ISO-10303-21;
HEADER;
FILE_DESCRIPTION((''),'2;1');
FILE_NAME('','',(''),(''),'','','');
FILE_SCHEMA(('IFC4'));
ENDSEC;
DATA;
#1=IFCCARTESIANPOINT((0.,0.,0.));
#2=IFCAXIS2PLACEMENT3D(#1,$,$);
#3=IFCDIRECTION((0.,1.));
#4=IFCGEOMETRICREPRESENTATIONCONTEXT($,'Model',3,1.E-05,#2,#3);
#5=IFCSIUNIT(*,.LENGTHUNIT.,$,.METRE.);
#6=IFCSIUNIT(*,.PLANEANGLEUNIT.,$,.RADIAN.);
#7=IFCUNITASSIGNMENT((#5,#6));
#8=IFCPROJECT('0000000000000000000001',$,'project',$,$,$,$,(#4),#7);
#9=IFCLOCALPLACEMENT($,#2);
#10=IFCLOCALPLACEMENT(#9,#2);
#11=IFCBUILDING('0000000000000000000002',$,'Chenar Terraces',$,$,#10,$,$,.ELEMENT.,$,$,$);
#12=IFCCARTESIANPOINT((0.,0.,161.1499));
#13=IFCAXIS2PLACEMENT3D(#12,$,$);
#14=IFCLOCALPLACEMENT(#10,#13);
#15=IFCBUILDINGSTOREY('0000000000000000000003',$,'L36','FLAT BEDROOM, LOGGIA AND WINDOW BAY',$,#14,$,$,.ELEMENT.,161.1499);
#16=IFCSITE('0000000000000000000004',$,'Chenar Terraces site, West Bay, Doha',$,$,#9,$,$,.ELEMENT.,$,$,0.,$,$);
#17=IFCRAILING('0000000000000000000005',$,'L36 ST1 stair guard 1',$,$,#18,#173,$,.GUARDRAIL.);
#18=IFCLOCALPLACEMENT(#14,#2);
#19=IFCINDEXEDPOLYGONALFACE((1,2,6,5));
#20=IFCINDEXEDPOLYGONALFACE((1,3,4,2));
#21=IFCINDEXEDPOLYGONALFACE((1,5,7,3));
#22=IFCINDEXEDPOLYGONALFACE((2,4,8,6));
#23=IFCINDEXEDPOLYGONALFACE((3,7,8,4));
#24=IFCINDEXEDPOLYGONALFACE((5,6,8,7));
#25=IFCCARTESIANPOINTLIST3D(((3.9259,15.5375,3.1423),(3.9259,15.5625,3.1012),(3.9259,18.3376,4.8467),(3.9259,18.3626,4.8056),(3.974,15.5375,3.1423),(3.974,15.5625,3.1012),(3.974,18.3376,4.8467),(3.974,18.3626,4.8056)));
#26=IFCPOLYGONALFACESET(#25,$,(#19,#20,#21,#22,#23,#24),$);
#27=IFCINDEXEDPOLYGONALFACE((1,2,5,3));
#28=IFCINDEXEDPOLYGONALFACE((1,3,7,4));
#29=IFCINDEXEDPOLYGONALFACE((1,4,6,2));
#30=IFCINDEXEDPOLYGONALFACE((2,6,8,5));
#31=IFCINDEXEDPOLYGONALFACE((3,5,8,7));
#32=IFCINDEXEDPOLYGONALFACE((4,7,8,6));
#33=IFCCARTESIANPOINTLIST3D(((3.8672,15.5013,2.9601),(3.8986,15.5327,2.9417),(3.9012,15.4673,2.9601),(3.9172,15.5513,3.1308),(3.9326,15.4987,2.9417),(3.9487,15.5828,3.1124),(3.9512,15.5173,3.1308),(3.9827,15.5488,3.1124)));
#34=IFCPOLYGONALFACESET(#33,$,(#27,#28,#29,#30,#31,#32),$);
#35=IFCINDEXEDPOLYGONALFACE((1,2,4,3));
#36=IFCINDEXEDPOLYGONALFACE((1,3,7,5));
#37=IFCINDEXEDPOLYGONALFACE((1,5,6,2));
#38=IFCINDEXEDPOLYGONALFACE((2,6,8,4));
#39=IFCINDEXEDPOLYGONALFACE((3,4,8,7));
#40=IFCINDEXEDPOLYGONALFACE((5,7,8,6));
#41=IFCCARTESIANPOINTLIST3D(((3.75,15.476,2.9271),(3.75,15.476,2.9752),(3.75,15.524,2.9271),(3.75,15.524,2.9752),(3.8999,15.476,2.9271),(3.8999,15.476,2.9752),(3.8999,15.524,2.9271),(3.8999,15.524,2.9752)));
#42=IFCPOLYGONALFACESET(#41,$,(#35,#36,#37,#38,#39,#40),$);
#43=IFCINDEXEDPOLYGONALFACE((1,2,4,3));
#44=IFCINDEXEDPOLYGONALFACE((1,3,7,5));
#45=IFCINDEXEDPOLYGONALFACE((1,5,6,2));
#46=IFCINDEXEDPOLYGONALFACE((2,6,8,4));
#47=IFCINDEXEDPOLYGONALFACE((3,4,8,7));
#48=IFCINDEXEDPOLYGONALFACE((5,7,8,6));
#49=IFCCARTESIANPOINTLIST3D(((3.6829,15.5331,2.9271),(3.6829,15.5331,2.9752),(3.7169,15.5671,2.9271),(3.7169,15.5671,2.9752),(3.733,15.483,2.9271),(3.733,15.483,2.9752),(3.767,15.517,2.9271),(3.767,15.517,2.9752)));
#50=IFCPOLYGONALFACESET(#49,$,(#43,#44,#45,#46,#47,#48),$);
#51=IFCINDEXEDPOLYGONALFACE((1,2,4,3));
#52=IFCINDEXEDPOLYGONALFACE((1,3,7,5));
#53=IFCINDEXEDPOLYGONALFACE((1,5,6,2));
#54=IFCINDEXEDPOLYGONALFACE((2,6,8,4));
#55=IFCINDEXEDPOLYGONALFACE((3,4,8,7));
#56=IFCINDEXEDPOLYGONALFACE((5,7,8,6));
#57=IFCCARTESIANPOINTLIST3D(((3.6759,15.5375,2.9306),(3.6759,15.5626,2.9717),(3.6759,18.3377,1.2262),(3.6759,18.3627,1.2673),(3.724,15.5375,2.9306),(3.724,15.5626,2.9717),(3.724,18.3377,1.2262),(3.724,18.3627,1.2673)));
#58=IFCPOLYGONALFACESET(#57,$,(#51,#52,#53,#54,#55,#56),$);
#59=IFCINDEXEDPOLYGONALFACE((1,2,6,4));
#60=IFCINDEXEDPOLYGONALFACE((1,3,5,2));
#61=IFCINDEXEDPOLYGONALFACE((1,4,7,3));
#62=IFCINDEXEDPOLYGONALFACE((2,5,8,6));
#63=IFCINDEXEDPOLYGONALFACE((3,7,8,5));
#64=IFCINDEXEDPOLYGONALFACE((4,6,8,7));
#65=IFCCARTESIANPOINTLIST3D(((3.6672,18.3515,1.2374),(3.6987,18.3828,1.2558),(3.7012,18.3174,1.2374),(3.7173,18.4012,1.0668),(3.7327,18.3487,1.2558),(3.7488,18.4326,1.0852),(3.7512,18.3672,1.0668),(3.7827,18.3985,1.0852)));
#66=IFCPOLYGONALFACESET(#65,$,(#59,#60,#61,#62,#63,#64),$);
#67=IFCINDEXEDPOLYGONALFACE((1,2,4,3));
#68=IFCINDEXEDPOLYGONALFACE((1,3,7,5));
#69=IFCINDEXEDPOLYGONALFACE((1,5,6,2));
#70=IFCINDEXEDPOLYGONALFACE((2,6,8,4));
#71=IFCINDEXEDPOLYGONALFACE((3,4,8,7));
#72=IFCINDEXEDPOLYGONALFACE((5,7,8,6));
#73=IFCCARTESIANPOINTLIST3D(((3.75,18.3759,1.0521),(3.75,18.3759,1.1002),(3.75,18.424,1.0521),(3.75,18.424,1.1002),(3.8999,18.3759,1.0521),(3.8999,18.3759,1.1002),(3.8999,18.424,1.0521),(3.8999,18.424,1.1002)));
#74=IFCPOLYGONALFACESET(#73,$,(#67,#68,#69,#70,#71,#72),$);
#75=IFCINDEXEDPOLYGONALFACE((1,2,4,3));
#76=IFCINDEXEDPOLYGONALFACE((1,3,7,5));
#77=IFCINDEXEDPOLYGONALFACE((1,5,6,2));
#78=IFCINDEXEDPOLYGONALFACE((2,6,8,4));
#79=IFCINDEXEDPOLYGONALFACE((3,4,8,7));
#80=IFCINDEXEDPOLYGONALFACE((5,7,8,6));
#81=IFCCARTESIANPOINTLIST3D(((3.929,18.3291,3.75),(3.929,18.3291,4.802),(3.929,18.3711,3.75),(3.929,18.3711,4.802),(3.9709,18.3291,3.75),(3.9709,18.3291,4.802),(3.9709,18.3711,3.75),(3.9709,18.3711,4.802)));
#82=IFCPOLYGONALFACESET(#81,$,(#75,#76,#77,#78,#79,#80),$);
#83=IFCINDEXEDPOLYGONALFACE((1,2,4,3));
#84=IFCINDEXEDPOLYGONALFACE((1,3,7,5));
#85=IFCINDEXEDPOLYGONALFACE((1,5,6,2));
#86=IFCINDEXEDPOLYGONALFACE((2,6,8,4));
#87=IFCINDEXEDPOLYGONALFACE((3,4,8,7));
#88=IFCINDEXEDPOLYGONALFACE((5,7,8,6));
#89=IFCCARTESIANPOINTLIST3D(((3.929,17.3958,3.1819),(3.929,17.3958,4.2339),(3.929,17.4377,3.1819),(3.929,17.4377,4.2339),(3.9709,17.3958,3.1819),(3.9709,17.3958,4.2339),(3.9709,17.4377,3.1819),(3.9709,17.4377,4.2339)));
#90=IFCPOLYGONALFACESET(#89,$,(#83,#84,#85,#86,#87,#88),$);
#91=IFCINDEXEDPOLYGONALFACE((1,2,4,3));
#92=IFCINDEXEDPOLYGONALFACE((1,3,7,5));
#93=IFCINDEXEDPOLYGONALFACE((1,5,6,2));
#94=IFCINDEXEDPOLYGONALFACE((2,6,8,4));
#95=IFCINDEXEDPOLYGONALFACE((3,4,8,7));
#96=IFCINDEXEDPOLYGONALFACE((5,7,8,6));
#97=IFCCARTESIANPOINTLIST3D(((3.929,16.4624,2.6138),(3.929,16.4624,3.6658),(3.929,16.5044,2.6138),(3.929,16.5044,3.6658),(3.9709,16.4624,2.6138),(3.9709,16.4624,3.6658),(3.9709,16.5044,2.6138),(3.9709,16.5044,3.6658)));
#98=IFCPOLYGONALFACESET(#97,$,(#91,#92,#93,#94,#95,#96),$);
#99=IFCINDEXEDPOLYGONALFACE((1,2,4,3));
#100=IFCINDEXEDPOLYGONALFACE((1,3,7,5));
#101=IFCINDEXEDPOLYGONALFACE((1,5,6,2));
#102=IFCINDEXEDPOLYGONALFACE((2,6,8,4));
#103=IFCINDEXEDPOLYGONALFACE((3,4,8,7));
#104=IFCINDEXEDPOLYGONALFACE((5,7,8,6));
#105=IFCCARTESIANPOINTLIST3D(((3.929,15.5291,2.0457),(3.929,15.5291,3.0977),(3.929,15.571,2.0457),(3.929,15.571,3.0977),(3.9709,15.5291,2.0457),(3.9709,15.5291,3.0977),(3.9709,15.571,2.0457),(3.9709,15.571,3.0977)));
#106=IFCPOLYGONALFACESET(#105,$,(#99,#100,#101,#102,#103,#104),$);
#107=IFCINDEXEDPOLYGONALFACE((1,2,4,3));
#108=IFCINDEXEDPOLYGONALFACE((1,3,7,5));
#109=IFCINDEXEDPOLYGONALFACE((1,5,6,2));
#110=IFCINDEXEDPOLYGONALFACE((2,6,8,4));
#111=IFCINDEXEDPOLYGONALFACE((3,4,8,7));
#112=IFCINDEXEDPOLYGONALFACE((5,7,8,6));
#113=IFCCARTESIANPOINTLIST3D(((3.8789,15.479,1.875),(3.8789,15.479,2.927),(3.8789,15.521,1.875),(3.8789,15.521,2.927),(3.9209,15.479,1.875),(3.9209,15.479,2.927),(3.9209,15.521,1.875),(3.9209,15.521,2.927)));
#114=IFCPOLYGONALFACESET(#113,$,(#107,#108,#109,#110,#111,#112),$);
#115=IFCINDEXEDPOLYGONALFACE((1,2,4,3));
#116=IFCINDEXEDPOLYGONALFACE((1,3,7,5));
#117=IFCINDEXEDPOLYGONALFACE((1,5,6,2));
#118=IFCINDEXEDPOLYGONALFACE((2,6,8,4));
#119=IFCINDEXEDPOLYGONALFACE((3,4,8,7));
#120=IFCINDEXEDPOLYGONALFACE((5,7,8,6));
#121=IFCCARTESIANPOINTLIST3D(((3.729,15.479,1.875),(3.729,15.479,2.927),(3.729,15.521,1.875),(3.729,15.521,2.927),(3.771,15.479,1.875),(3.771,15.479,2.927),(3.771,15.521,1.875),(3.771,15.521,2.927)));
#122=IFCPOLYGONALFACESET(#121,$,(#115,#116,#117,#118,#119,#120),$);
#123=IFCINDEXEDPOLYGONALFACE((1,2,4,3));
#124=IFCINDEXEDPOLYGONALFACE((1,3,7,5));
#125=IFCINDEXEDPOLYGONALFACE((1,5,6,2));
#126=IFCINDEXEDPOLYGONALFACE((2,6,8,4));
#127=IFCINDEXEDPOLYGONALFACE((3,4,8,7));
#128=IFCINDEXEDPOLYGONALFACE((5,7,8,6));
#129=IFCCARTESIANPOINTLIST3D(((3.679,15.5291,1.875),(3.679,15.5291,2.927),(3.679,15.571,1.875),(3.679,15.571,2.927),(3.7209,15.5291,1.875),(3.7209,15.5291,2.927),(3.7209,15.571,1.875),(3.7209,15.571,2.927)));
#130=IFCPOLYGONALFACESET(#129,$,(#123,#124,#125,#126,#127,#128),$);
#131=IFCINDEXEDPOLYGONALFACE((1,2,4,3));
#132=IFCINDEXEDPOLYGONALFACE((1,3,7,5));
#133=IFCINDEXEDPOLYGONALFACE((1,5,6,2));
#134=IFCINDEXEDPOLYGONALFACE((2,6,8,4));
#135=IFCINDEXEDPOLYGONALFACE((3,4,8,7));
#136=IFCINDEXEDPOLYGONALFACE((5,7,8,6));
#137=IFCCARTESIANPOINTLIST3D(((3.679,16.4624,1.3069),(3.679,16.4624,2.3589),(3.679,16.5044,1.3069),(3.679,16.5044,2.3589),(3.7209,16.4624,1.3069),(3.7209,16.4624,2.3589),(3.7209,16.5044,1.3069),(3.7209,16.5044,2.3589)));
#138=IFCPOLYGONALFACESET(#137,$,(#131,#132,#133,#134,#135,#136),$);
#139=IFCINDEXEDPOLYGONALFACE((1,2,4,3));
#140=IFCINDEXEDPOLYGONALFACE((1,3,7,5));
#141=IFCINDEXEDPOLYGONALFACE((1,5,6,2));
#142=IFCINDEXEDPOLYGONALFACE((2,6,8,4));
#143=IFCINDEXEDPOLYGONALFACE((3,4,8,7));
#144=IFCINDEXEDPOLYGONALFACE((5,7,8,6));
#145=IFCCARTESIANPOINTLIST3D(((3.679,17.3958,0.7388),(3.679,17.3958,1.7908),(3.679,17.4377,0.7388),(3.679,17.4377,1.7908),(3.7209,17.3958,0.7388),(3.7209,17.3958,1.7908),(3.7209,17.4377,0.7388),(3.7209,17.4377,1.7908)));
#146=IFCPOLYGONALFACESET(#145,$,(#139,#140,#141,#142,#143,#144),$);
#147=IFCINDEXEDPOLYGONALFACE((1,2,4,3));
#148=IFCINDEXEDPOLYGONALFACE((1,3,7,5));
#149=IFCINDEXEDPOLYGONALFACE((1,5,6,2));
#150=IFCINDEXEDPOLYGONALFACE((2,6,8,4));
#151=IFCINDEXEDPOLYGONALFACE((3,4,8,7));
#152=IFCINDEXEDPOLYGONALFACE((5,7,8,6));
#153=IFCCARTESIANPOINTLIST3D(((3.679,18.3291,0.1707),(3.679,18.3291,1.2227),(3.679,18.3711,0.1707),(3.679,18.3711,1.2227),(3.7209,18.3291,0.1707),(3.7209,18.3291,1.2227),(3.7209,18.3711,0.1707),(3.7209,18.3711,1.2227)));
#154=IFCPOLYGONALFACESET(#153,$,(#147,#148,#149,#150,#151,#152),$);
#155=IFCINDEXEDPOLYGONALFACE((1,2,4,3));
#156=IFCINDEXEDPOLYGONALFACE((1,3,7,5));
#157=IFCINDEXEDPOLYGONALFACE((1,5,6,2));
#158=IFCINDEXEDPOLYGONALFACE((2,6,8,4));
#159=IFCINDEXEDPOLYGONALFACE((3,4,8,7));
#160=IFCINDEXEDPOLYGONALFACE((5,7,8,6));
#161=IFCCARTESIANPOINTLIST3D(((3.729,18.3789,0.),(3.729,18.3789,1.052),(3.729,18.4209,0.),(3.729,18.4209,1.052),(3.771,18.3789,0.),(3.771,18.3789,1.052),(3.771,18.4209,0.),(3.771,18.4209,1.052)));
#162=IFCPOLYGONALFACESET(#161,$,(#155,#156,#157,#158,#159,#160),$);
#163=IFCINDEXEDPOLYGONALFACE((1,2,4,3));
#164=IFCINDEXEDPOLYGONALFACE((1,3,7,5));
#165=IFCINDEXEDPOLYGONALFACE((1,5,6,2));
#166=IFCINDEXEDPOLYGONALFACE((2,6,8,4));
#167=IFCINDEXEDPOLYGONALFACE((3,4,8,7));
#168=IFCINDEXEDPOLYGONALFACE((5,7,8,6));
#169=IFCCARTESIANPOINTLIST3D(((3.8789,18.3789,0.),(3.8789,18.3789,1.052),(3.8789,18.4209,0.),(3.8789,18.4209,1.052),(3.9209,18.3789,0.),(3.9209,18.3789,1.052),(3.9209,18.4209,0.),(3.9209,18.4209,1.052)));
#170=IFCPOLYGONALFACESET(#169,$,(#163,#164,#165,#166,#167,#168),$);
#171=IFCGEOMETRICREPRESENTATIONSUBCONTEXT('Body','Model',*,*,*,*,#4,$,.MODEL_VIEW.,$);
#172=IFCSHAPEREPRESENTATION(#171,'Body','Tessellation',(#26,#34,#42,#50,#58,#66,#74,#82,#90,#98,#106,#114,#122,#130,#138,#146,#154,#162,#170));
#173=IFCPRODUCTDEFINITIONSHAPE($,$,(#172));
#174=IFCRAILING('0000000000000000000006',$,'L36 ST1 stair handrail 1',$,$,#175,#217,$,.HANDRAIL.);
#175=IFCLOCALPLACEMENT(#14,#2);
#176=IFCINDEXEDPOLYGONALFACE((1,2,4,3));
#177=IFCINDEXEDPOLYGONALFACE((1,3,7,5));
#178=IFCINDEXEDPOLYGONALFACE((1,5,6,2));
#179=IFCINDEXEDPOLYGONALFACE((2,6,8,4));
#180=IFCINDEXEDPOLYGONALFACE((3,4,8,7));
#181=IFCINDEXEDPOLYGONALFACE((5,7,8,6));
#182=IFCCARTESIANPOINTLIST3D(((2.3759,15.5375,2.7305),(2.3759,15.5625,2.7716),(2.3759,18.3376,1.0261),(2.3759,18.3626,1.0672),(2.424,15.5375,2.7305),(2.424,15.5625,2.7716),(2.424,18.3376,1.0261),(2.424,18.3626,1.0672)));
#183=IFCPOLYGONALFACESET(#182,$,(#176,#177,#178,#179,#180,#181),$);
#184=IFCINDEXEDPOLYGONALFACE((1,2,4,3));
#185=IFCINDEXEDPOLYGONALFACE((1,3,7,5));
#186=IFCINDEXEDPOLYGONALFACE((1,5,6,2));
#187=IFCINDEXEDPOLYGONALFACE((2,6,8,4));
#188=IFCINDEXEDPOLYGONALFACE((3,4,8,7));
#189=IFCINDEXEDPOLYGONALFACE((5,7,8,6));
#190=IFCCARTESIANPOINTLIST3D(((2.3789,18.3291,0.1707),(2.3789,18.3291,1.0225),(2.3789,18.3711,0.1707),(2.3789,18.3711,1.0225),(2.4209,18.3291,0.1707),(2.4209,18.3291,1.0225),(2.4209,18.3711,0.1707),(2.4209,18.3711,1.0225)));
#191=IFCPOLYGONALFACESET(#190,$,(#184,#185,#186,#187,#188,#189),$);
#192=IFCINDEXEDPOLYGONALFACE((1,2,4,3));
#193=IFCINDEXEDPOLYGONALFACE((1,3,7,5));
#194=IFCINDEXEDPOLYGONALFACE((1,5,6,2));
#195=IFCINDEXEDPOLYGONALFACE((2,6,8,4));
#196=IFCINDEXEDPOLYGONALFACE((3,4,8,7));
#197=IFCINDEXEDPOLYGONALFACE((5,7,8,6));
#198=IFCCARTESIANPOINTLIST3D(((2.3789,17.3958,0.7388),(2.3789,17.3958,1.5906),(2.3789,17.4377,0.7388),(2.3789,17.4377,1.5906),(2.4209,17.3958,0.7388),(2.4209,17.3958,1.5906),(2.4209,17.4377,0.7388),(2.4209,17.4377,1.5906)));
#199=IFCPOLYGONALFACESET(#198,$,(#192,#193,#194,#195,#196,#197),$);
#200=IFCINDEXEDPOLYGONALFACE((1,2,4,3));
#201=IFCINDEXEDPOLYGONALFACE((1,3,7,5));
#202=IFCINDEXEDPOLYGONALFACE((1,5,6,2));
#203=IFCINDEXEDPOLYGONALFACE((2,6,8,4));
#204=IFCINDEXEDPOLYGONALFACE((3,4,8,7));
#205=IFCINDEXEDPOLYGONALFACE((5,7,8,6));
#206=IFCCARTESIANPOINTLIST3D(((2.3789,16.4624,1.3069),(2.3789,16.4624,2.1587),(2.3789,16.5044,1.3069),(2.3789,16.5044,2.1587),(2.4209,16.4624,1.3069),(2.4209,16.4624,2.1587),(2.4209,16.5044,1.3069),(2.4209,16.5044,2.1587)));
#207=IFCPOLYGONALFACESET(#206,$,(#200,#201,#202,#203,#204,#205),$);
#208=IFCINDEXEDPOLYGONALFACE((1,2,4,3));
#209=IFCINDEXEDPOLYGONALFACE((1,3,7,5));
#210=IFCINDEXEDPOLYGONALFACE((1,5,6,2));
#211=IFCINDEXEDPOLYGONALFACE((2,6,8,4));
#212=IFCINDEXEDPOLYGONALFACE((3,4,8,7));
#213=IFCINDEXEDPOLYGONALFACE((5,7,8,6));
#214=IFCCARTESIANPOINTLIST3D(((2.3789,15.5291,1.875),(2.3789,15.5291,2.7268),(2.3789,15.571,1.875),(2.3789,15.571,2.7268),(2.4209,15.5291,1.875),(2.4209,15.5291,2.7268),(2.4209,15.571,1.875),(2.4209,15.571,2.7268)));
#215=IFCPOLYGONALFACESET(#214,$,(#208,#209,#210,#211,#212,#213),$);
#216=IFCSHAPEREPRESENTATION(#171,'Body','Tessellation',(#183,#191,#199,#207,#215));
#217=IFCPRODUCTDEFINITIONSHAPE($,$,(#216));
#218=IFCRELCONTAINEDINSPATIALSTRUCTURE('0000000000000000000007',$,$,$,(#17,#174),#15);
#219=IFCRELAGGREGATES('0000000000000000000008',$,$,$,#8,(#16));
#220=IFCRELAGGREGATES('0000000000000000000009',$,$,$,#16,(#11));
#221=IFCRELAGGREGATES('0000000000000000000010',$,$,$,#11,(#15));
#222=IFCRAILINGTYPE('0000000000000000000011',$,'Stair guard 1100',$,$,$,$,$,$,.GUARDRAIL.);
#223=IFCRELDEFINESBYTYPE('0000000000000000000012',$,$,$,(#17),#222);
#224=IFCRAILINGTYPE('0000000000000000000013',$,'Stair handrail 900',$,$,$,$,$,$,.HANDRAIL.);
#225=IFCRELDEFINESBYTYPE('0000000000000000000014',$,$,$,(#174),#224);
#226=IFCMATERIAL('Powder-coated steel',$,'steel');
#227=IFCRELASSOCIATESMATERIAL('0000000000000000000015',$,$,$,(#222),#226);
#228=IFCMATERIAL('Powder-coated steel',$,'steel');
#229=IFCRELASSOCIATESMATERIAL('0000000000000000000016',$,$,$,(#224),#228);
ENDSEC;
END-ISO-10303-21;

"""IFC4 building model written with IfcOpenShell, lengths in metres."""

from ifc_helpers import new_model, si_unit, direction, frame, origin, origin_2d, place, context, subcontext, project, spatial, rectangle, extrude, material, type_object, element, save


model = new_model("IFC4")

# Units and contexts
model_context = context("Model", 3, precision=1e-05, world=origin(), true_north=direction((0.0, 1.0)))
body_context = subcontext(model_context, "Body", "Model", "MODEL_VIEW")
ifc_project = project(units=[si_unit("LENGTHUNIT", "METRE"), si_unit("PLANEANGLEUNIT", "RADIAN")], contexts=[model_context])

# Site, building, storey
site_placement = place(None, origin())
site = spatial("IfcSite", under=ifc_project, at=site_placement, Name="Chenar Terraces site, West Bay, Doha", CompositionType="ELEMENT", RefElevation=0.0)
building_placement = place(site_placement, origin())
building = spatial("IfcBuilding", under=site, at=building_placement, Name="Chenar Terraces", CompositionType="ELEMENT")
storey_placement = place(building_placement, frame((0.0, 0.0, 161.1499)))
storey = spatial("IfcBuildingStorey", under=building, at=storey_placement, Name="L36", Description="FLAT BEDROOM, LOGGIA AND WINDOW BAY", CompositionType="ELEMENT", Elevation=161.1499)

# Railings
ifc_material_1 = material(Name="Powder-coated steel", Category="steel")
railing_type_1 = type_object("IfcRailingType", Name="Stair guard 1100", PredefinedType="GUARDRAIL", material=ifc_material_1)
railing_1_placement = place(storey_placement, frame((3.95, 18.3501, 3.75)))
element("IfcRailing", 1, at=railing_1_placement, inside=storey, type_object=railing_type_1, Name="L36 ST1 stair guard 1", PredefinedType="GUARDRAIL", context=body_context, shape_type="SweptSolid", body=[
    extrude(rectangle(XDim=0.0481, YDim=0.0481, at=origin_2d()), frame((0.0, 0.0, 1.0762), z_axis=(0.0, -0.854203, -0.51994), x_axis=(1.0, 0.0, 0.0)), (0.0, 0.0, 1.0), 3.2781),
    extrude(rectangle(XDim=0.0481, YDim=0.0481, at=origin_2d()), frame((0.0, -2.8, -0.6284), z_axis=(-0.2709, -0.2709, -0.923703), x_axis=(0.707107, -0.707107, 0.0)), (0.0, 0.0, 1.0), 0.1848),
    extrude(rectangle(XDim=0.0481, YDim=0.0481, at=origin_2d()), frame((-0.05, -2.8501, -0.7988), z_axis=(-1.0, 0.0, 0.0), x_axis=(0.0, -1.0, 0.0)), (0.0, 0.0, 1.0), 0.1499),
    extrude(rectangle(XDim=0.0481, YDim=0.0481, at=origin_2d()), frame((-0.2, -2.8501, -0.7988), z_axis=(-0.707107, 0.707107, 0.0), x_axis=(-0.707107, -0.707107, 0.0)), (0.0, 0.0, 1.0), 0.0708),
    extrude(rectangle(XDim=0.0481, YDim=0.0481, at=origin_2d()), frame((-0.25, -2.8, -0.7988), z_axis=(0.0, 0.854203, -0.51994), x_axis=(-1.0, 0.0, 0.0)), (0.0, 0.0, 1.0), 3.2781),
    extrude(rectangle(XDim=0.0481, YDim=0.0481, at=origin_2d()), frame((-0.25, 0.0, -2.5034), z_axis=(0.270997, 0.269675, -0.924033), x_axis=(-0.705376, 0.708834, 0.0)), (0.0, 0.0, 1.0), 0.1846),
    extrude(rectangle(XDim=0.0481, YDim=0.0481, at=origin_2d()), frame((-0.2, 0.0498, -2.6738), z_axis=(1.0, 0.0, 0.0), x_axis=(0.0, 1.0, 0.0)), (0.0, 0.0, 1.0), 0.1499),
    extrude(rectangle(XDim=0.042, YDim=0.042, at=origin_2d()), origin(), (0.0, 0.0, 1.0), 1.052),
    extrude(rectangle(XDim=0.042, YDim=0.042, at=origin_2d()), frame((0.0, -0.9333, -0.5681)), (0.0, 0.0, 1.0), 1.052),
    extrude(rectangle(XDim=0.042, YDim=0.042, at=origin_2d()), frame((0.0, -1.8667, -1.1362)), (0.0, 0.0, 1.0), 1.052),
    extrude(rectangle(XDim=0.042, YDim=0.042, at=origin_2d()), frame((0.0, -2.8, -1.7043)), (0.0, 0.0, 1.0), 1.052),
    extrude(rectangle(XDim=0.042, YDim=0.042, at=origin_2d()), frame((-0.05, -2.8501, -1.875)), (0.0, 0.0, 1.0), 1.052),
    extrude(rectangle(XDim=0.042, YDim=0.042, at=origin_2d()), frame((-0.2, -2.8501, -1.875)), (0.0, 0.0, 1.0), 1.052),
    extrude(rectangle(XDim=0.042, YDim=0.042, at=origin_2d()), frame((-0.25, -2.8, -1.875)), (0.0, 0.0, 1.0), 1.052),
    extrude(rectangle(XDim=0.042, YDim=0.042, at=origin_2d()), frame((-0.25, -1.8667, -2.4431)), (0.0, 0.0, 1.0), 1.052),
    extrude(rectangle(XDim=0.042, YDim=0.042, at=origin_2d()), frame((-0.25, -0.9333, -3.0112)), (0.0, 0.0, 1.0), 1.052),
    extrude(rectangle(XDim=0.042, YDim=0.042, at=origin_2d()), frame((-0.25, 0.0, -3.5793)), (0.0, 0.0, 1.0), 1.052),
    extrude(rectangle(XDim=0.042, YDim=0.042, at=origin_2d()), frame((-0.2, 0.0498, -3.75)), (0.0, 0.0, 1.0), 1.052),
    extrude(rectangle(XDim=0.042, YDim=0.042, at=origin_2d()), frame((-0.05, 0.0498, -3.75)), (0.0, 0.0, 1.0), 1.052),
])
ifc_material_2 = material(Name="Powder-coated steel", Category="steel")
railing_type_2 = type_object("IfcRailingType", Name="Stair handrail 900", PredefinedType="HANDRAIL", material=ifc_material_2)
railing_2_placement = place(storey_placement, frame((2.3999, 18.3501, 0.1707)))
element("IfcRailing", 2, at=railing_2_placement, inside=storey, type_object=railing_type_2, Name="L36 ST1 stair handrail 1", PredefinedType="HANDRAIL", context=body_context, shape_type="SweptSolid", body=[
    extrude(rectangle(XDim=0.0481, YDim=0.0481, at=origin_2d()), frame((0.0, 0.0, 0.876), z_axis=(0.0, -0.854203, 0.51994), x_axis=(1.0, 0.0, 0.0)), (0.0, 0.0, 1.0), 3.2781),
    extrude(rectangle(XDim=0.042, YDim=0.042, at=origin_2d()), origin(), (0.0, 0.0, 1.0), 0.8518),
    extrude(rectangle(XDim=0.042, YDim=0.042, at=origin_2d()), frame((0.0, -0.9333, 0.5681)), (0.0, 0.0, 1.0), 0.8518),
    extrude(rectangle(XDim=0.042, YDim=0.042, at=origin_2d()), frame((0.0, -1.8667, 1.1362)), (0.0, 0.0, 1.0), 0.8518),
    extrude(rectangle(XDim=0.042, YDim=0.042, at=origin_2d()), frame((0.0, -2.8, 1.7043)), (0.0, 0.0, 1.0), 0.8518),
])

save(model, "model.ifc")
